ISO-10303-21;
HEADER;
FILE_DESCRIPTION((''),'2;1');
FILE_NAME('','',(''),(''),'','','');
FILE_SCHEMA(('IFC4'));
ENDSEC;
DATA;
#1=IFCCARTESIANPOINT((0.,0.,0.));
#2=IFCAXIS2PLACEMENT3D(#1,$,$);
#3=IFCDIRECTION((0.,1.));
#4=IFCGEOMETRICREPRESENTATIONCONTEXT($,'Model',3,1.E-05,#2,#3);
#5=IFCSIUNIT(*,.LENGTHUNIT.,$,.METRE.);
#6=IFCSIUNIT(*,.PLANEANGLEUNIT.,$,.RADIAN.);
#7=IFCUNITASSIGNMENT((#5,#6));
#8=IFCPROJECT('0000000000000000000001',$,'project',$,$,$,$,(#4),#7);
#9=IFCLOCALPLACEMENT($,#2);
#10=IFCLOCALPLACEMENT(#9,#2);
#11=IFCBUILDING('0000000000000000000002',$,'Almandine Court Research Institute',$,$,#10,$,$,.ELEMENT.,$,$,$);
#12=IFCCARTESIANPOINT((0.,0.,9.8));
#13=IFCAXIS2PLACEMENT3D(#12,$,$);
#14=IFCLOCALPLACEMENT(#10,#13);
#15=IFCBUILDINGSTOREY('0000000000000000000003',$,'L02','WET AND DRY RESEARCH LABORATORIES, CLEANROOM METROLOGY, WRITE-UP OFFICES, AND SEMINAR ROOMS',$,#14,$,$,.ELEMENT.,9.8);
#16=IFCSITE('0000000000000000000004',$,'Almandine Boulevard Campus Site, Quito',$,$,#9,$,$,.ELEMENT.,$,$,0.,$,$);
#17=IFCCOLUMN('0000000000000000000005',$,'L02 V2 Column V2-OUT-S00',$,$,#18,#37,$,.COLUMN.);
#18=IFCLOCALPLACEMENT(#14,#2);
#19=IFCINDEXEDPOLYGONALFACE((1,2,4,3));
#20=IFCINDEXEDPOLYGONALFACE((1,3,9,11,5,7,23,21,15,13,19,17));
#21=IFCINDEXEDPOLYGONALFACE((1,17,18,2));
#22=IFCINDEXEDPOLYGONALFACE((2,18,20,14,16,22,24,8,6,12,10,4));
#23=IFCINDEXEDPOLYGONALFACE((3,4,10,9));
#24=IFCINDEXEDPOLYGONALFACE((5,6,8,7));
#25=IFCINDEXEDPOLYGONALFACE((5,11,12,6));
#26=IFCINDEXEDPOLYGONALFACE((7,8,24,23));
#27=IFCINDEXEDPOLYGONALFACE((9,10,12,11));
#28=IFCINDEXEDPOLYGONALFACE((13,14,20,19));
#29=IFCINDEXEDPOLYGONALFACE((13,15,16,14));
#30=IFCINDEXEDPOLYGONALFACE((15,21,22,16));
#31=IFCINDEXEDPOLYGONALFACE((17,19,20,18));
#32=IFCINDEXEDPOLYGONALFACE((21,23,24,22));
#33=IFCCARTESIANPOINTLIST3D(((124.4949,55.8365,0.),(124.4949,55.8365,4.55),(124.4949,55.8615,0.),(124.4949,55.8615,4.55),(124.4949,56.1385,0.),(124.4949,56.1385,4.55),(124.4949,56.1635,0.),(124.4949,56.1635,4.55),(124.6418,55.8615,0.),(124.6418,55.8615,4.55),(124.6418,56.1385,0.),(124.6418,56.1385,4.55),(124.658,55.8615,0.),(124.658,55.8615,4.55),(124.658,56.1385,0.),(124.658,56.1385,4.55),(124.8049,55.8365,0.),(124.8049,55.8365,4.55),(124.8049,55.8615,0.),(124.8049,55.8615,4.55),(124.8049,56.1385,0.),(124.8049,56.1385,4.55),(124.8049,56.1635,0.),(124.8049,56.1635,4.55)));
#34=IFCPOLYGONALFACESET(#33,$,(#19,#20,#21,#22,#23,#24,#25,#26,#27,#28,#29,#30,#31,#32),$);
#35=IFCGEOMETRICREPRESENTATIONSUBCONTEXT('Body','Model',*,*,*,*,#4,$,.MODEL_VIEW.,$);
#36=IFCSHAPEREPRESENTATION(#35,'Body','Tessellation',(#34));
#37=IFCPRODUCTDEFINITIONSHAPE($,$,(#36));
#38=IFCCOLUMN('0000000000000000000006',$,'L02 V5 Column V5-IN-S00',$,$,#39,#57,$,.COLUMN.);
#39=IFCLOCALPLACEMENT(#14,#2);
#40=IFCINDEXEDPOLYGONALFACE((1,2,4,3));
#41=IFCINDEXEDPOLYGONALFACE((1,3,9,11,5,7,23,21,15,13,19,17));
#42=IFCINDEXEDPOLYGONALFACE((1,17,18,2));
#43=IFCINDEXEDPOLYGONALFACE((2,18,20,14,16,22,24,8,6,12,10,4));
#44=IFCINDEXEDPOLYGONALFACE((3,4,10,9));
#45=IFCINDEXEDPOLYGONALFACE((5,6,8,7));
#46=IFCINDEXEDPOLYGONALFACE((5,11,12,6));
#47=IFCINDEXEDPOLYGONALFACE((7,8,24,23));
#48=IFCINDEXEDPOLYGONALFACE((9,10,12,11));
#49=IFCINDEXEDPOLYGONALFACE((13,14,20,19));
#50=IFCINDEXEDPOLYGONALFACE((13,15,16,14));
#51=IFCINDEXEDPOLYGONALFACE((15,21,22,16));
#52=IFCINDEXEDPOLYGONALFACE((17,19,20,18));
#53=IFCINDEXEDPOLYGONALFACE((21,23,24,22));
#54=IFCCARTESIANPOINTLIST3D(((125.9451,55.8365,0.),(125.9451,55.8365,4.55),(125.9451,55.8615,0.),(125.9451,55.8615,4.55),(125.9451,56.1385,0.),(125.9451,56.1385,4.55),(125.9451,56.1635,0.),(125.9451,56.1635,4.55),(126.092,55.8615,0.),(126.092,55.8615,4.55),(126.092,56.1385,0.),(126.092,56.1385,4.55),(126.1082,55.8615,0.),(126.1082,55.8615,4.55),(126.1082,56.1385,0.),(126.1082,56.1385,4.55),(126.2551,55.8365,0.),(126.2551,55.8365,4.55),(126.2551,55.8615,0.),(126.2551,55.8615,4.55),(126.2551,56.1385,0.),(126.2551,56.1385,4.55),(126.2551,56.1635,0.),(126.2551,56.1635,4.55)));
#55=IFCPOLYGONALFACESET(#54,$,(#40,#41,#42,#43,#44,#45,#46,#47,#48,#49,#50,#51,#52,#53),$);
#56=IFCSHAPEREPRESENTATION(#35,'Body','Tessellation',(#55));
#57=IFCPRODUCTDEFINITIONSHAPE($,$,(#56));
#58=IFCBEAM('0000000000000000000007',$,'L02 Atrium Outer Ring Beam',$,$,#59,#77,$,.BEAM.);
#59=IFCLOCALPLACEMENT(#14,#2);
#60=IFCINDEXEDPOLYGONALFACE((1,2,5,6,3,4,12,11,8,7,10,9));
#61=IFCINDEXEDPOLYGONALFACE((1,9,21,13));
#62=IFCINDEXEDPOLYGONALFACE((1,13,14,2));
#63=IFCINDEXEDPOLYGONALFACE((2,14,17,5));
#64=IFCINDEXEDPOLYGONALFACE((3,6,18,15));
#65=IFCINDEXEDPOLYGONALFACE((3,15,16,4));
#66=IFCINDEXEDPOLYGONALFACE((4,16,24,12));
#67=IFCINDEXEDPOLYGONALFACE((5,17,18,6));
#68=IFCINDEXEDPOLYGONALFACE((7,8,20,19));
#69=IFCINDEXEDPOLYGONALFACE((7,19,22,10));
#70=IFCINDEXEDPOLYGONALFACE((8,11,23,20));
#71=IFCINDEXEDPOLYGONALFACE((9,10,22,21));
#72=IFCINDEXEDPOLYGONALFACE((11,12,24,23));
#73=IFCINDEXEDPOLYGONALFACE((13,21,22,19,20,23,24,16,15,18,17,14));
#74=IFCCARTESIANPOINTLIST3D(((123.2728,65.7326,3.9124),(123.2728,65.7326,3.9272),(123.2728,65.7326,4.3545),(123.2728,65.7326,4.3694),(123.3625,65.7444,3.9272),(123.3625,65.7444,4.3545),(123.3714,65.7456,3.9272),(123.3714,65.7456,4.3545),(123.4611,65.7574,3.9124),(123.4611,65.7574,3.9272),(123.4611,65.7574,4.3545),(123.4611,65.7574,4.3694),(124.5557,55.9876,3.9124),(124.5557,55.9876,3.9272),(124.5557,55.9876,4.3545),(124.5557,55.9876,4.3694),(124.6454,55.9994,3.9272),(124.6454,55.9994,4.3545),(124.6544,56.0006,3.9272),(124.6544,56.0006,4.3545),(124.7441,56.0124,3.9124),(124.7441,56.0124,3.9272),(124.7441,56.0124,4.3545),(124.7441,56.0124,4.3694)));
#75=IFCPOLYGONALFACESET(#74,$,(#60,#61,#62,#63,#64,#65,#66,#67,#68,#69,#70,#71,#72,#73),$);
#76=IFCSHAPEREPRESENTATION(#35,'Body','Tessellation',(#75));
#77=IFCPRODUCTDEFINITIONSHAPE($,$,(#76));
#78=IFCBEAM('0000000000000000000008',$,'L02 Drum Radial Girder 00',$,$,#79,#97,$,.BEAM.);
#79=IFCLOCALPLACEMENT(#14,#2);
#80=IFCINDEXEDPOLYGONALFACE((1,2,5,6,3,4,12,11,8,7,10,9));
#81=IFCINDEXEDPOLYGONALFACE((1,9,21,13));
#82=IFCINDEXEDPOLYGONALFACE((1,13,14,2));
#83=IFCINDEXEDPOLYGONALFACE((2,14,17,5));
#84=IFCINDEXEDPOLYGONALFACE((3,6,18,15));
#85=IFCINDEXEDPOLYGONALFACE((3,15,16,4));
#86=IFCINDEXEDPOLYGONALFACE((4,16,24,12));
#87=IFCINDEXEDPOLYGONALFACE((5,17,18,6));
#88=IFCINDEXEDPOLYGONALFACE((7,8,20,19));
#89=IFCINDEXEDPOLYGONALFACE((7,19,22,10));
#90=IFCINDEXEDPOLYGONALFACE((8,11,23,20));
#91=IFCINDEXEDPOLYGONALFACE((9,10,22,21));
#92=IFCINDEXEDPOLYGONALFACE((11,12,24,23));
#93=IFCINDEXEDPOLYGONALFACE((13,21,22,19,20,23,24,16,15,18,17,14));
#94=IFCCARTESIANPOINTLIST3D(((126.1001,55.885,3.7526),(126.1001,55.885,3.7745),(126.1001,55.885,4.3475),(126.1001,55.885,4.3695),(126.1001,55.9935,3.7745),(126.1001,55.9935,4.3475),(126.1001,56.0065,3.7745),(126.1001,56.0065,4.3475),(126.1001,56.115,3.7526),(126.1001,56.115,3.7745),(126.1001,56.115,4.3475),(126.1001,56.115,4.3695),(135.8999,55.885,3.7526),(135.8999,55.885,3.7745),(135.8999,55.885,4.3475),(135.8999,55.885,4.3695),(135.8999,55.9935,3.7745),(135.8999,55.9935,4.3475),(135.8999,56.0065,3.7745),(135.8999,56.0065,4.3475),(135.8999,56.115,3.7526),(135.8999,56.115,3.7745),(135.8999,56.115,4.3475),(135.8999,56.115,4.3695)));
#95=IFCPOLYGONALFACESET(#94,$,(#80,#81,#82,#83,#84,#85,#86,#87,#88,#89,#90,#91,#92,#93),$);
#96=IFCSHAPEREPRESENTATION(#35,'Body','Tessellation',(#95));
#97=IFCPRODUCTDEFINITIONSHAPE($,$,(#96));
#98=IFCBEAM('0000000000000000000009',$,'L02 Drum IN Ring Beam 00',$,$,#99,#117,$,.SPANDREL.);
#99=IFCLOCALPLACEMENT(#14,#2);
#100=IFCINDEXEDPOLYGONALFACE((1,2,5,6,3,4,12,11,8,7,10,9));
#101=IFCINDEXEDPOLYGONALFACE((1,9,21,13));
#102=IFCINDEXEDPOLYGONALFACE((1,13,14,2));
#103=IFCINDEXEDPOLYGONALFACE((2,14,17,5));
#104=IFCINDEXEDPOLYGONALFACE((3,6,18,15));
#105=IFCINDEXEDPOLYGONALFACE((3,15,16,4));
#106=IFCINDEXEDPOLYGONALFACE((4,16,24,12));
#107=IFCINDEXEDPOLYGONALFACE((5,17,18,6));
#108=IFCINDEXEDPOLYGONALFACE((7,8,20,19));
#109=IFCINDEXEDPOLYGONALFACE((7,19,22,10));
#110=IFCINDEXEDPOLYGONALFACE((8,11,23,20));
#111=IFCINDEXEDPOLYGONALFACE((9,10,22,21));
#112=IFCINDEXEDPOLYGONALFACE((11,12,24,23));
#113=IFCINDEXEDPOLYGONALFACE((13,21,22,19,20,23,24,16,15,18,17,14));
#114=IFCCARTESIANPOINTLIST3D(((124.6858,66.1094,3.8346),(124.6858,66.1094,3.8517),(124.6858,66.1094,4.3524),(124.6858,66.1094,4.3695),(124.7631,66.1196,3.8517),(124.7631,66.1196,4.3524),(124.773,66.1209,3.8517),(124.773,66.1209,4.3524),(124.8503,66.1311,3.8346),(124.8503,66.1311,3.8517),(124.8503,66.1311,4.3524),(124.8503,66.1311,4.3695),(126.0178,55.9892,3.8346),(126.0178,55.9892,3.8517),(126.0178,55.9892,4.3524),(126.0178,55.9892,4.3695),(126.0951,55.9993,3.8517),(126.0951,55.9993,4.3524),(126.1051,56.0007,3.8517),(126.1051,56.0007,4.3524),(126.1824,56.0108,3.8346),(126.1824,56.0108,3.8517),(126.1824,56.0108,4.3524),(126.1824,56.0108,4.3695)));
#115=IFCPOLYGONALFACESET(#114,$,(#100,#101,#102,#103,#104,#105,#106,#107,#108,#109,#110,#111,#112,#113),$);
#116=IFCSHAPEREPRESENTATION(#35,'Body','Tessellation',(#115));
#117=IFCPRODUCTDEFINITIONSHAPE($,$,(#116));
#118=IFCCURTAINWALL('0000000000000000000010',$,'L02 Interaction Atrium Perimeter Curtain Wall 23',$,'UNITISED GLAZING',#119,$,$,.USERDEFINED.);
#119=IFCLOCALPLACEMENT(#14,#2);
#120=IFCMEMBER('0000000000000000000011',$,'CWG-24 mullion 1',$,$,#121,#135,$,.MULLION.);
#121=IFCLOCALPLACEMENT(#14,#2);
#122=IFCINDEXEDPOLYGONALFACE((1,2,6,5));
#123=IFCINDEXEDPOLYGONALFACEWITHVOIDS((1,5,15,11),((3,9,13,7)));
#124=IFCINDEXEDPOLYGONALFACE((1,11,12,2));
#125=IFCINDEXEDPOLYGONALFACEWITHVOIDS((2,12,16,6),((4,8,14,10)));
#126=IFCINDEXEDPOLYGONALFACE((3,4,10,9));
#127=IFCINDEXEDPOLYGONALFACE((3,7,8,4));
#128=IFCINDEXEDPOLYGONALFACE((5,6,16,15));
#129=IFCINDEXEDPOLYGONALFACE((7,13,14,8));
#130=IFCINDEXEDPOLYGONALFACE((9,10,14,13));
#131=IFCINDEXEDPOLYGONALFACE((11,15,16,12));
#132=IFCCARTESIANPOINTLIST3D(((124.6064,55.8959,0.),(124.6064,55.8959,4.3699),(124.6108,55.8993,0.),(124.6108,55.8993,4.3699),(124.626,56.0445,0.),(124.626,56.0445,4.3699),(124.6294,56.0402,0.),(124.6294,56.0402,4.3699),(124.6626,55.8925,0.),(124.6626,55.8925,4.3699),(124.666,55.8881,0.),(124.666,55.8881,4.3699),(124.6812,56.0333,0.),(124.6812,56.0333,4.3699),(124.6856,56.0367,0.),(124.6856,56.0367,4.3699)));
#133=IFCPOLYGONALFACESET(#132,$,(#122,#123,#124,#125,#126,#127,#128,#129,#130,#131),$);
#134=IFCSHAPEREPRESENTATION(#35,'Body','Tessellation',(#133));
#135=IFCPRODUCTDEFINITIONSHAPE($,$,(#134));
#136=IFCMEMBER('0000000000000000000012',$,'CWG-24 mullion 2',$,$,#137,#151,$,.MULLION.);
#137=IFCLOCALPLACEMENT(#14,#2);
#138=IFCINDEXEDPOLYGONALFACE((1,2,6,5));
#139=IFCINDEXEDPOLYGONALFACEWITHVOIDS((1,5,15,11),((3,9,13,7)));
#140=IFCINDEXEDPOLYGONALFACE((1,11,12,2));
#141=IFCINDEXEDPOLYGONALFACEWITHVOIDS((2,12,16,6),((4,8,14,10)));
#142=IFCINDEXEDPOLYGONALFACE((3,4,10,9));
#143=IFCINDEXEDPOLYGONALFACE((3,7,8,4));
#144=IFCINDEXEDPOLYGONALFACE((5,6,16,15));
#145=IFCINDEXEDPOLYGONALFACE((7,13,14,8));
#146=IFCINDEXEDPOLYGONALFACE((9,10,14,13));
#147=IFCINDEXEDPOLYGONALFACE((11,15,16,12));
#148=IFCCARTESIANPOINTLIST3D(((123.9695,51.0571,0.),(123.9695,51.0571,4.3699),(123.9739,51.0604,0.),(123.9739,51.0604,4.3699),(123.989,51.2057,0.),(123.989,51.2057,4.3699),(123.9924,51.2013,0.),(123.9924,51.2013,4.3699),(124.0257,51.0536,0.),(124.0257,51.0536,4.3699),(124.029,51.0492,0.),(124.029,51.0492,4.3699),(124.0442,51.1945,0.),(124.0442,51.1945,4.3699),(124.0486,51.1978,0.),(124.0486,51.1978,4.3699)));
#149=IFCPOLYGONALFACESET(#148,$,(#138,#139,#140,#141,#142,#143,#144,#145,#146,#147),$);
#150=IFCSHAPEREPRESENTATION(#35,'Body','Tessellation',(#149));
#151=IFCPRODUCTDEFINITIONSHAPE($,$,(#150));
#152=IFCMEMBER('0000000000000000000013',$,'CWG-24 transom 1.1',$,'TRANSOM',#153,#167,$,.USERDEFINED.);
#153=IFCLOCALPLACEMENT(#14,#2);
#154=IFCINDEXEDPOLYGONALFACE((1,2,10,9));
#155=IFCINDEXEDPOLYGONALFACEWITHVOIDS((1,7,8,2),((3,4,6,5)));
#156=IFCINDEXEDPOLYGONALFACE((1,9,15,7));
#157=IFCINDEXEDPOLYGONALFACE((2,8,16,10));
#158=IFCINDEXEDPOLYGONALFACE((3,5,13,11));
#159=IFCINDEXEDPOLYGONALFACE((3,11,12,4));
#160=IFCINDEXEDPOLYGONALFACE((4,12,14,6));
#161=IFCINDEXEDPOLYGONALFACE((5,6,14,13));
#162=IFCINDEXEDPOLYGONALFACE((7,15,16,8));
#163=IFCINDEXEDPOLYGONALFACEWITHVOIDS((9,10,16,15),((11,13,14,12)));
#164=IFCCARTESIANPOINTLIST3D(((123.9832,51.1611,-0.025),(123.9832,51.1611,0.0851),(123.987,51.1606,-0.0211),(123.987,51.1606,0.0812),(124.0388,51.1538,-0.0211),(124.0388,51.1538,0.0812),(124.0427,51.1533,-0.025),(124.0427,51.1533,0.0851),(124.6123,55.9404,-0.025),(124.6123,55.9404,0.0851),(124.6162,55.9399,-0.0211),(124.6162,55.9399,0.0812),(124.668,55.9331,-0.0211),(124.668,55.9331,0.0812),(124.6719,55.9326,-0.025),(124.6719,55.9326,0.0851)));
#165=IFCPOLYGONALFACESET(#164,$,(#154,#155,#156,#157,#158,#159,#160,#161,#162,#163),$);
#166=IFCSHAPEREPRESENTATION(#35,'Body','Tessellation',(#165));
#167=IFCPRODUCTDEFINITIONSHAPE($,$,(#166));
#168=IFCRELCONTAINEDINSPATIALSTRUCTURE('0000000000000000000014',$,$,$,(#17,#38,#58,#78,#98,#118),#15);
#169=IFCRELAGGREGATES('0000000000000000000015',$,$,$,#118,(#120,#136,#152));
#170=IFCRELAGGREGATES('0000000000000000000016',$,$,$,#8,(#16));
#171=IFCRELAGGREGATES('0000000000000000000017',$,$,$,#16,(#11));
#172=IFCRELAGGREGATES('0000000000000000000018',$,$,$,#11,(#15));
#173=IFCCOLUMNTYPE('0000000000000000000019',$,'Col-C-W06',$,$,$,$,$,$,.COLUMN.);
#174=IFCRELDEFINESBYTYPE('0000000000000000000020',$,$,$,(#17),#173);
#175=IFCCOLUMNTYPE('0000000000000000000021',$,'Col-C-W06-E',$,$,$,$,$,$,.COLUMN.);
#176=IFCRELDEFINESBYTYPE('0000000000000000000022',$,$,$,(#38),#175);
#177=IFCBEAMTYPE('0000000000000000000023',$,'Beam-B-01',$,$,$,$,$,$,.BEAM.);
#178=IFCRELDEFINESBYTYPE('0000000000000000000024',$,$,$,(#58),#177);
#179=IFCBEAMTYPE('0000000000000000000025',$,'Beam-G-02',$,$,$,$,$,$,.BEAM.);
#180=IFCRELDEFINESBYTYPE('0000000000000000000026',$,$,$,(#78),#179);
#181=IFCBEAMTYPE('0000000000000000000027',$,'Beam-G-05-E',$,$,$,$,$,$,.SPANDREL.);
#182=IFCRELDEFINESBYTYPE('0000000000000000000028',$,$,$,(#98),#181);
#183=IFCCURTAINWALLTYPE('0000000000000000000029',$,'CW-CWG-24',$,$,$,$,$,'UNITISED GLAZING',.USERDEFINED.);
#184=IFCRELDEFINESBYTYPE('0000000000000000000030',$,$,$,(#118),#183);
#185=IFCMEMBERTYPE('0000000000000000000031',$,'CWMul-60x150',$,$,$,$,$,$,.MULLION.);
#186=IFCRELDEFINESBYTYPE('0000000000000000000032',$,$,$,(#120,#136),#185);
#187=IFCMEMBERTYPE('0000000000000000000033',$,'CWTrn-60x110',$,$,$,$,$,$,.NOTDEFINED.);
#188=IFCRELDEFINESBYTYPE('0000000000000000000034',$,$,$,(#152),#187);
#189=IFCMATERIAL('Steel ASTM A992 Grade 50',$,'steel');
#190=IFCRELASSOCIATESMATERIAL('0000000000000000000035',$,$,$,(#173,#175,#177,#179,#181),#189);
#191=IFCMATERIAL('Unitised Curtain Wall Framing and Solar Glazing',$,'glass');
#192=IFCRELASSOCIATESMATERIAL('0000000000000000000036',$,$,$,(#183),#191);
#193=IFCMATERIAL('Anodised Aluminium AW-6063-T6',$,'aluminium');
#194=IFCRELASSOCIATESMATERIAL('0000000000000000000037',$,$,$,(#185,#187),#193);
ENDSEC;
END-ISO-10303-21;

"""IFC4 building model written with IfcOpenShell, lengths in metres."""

from ifc_helpers import new_model, si_unit, direction, frame, origin, origin_2d, place, context, subcontext, project, spatial, hollow_rectangle, i_section, extrude, material, material_profile, profile_set, type_object, element, aggregate, save


model = new_model("IFC4")

# Units and contexts
model_context = context("Model", 3, precision=1e-05, world=origin(), true_north=direction((0.0, 1.0)))
body_context = subcontext(model_context, "Body", "Model", "MODEL_VIEW")
ifc_project = project(units=[si_unit("LENGTHUNIT", "METRE"), si_unit("PLANEANGLEUNIT", "RADIAN")], contexts=[model_context])

# Site, building, storey
site_placement = place(None, origin())
site = spatial("IfcSite", under=ifc_project, at=site_placement, Name="Almandine Boulevard Campus Site, Quito", CompositionType="ELEMENT", RefElevation=0.0)
building_placement = place(site_placement, origin())
building = spatial("IfcBuilding", under=site, at=building_placement, Name="Almandine Court Research Institute", CompositionType="ELEMENT")
storey_placement = place(building_placement, frame((0.0, 0.0, 9.8)))
storey = spatial("IfcBuildingStorey", under=building, at=storey_placement, Name="L02", Description="WET AND DRY RESEARCH LABORATORIES, CLEANROOM METROLOGY, WRITE-UP OFFICES, AND SEMINAR ROOMS", CompositionType="ELEMENT", Elevation=9.8)

# Columns
ifc_material_1 = material(Name="Steel ASTM A992 Grade 50", Category="steel")
ifc_material_profile_1 = material_profile(ifc_material_1, i_section(OverallWidth=0.3101, OverallDepth=0.3269, WebThickness=0.0161, FlangeThickness=0.0249, at=origin_2d()), Name="W310x158")
ifc_profile_set_1 = profile_set([ifc_material_profile_1], Name="Steel ASTM A992 Grade 50")
column_type_1 = type_object("IfcColumnType", Name="Col-C-W06", PredefinedType="COLUMN", material=ifc_profile_set_1)
column_1_placement = place(storey_placement, frame((124.6499, 56.0, 0.0), z_axis=(0.0, 0.0, 1.0), x_axis=(1.0, 0.0, 0.0)))
element("IfcColumn", 1, at=column_1_placement, inside=storey, type_object=column_type_1, Name="L02 V2 Column V2-OUT-S00", PredefinedType="COLUMN", context=body_context, shape_type="SweptSolid", body=[
    extrude(i_section(OverallWidth=0.3101, OverallDepth=0.3269, WebThickness=0.0161, FlangeThickness=0.0249, at=origin_2d()), origin(), (0.0, 0.0, 1.0), 4.55),
])
ifc_material_profile_2 = material_profile(ifc_material_1, i_section(OverallWidth=0.3101, OverallDepth=0.3269, WebThickness=0.0161, FlangeThickness=0.0249, at=origin_2d()), Name="W310x158")
ifc_profile_set_2 = profile_set([ifc_material_profile_2], Name="Steel ASTM A992 Grade 50")
column_type_2 = type_object("IfcColumnType", Name="Col-C-W06-E", PredefinedType="COLUMN", material=ifc_profile_set_2)
column_2_placement = place(storey_placement, frame((126.1001, 56.0, 0.0), z_axis=(0.0, 0.0, 1.0), x_axis=(1.0, 0.0, 0.0)))
element("IfcColumn", 2, at=column_2_placement, inside=storey, type_object=column_type_2, Name="L02 V5 Column V5-IN-S00", PredefinedType="COLUMN", context=body_context, shape_type="SweptSolid", body=[
    extrude(i_section(OverallWidth=0.3101, OverallDepth=0.3269, WebThickness=0.0161, FlangeThickness=0.0249, at=origin_2d()), origin(), (0.0, 0.0, 1.0), 4.55),
])

# Beams
ifc_material_profile_3 = material_profile(ifc_material_1, i_section(OverallWidth=0.1899, OverallDepth=0.457, WebThickness=0.009, FlangeThickness=0.0149, at=origin_2d()), Name="W460x74")
ifc_profile_set_3 = profile_set([ifc_material_profile_3], Name="Steel ASTM A992 Grade 50")
beam_type_1 = type_object("IfcBeamType", Name="Beam-B-01", PredefinedType="BEAM", material=ifc_profile_set_3)
beam_1_placement = place(storey_placement, frame((124.6499, 56.0, 4.1409), z_axis=(-0.130525, 0.991445, 0.0), x_axis=(-0.991445, -0.130525, 0.0)))
element("IfcBeam", 3, at=beam_1_placement, inside=storey, type_object=beam_type_1, Name="L02 Atrium Outer Ring Beam", PredefinedType="BEAM", context=body_context, shape_type="SweptSolid", body=[
    extrude(i_section(OverallWidth=0.1899, OverallDepth=0.457, WebThickness=0.009, FlangeThickness=0.0149, at=origin_2d()), origin(), (0.0, 0.0, 1.0), 9.8291),
])
ifc_material_profile_4 = material_profile(ifc_material_1, i_section(OverallWidth=0.23, OverallDepth=0.6169, WebThickness=0.0129, FlangeThickness=0.022, at=origin_2d()), Name="W610x140")
ifc_profile_set_4 = profile_set([ifc_material_profile_4], Name="Steel ASTM A992 Grade 50")
beam_type_2 = type_object("IfcBeamType", Name="Beam-G-02", PredefinedType="BEAM", material=ifc_profile_set_4)
beam_2_placement = place(storey_placement, frame((126.1001, 56.0, 4.061), z_axis=(1.0, 0.0, 0.0), x_axis=(0.0, 1.0, 0.0)))
element("IfcBeam", 4, at=beam_2_placement, inside=storey, type_object=beam_type_2, Name="L02 Drum Radial Girder 00", PredefinedType="BEAM", context=body_context, shape_type="SweptSolid", body=[
    extrude(i_section(OverallWidth=0.23, OverallDepth=0.6169, WebThickness=0.0129, FlangeThickness=0.022, at=origin_2d()), origin(), (0.0, 0.0, 1.0), 9.7998),
])
ifc_material_profile_5 = material_profile(ifc_material_1, i_section(OverallWidth=0.166, OverallDepth=0.5349, WebThickness=0.01, FlangeThickness=0.0171, at=origin_2d()), Name="W530x85")
ifc_profile_set_5 = profile_set([ifc_material_profile_5], Name="Steel ASTM A992 Grade 50")
beam_type_3 = type_object("IfcBeamType", Name="Beam-G-05-E", PredefinedType="SPANDREL", material=ifc_profile_set_5)
beam_3_placement = place(storey_placement, frame((126.1001, 56.0, 4.1021), z_axis=(-0.130497, 0.991449, 0.0), x_axis=(-0.991449, -0.130497, 0.0)))
element("IfcBeam", 5, at=beam_3_placement, inside=storey, type_object=beam_type_3, Name="L02 Drum IN Ring Beam 00", PredefinedType="SPANDREL", context=body_context, shape_type="SweptSolid", body=[
    extrude(i_section(OverallWidth=0.166, OverallDepth=0.5349, WebThickness=0.01, FlangeThickness=0.0171, at=origin_2d()), origin(), (0.0, 0.0, 1.0), 10.2075),
])

# Curtain wall, members
ifc_material_2 = material(Name="Unitised Curtain Wall Framing and Solar Glazing", Category="glass")
curtain_wall_type = type_object("IfcCurtainWallType", Name="CW-CWG-24", ElementType="UNITISED GLAZING", PredefinedType="USERDEFINED", material=ifc_material_2)
curtain_wall_placement = place(storey_placement, origin())
curtain_wall = element("IfcCurtainWall", 6, at=curtain_wall_placement, inside=storey, type_object=curtain_wall_type, Name="L02 Interaction Atrium Perimeter Curtain Wall 23", ObjectType="UNITISED GLAZING", PredefinedType="USERDEFINED")
ifc_material_3 = material(Name="Anodised Aluminium AW-6063-T6", Category="aluminium")
ifc_material_profile_6 = material_profile(ifc_material_3, hollow_rectangle(XDim=0.0601, YDim=0.1499, WallThickness=0.0039, at=origin_2d()), Name="ALU RHS 60x150x4")
ifc_profile_set_6 = profile_set([ifc_material_profile_6], Name="Anodised Aluminium AW-6063-T6")
member_type_1 = type_object("IfcMemberType", Name="CWMul-60x150", PredefinedType="MULLION", material=ifc_profile_set_6)
member_1_placement = place(storey_placement, frame((124.646, 55.9663, 0.0), z_axis=(0.0, 0.0, 1.0), x_axis=(0.991444, -0.130536, 0.0)))
member_1 = element("IfcMember", 7, at=member_1_placement, type_object=member_type_1, Name="CWG-24 mullion 1", PredefinedType="MULLION", context=body_context, shape_type="SweptSolid", body=[
    extrude(hollow_rectangle(XDim=0.0601, YDim=0.1499, WallThickness=0.0039, at=origin_2d()), origin(), (0.0, 0.0, 1.0), 4.3699),
])
member_2_placement = place(storey_placement, frame((124.009, 51.1274, 0.0), z_axis=(0.0, 0.0, 1.0), x_axis=(0.991444, -0.130536, 0.0)))
member_2 = element("IfcMember", 8, at=member_2_placement, type_object=member_type_1, Name="CWG-24 mullion 2", PredefinedType="MULLION", context=body_context, shape_type="SweptSolid", body=[
    extrude(hollow_rectangle(XDim=0.0601, YDim=0.1499, WallThickness=0.0039, at=origin_2d()), origin(), (0.0, 0.0, 1.0), 4.3699),
])
ifc_material_profile_7 = material_profile(ifc_material_3, hollow_rectangle(XDim=0.0601, YDim=0.1101, WallThickness=0.0039, at=origin_2d()), Name="ALU RHS 60x110x4")
ifc_profile_set_7 = profile_set([ifc_material_profile_7], Name="Anodised Aluminium AW-6063-T6")
member_type_2 = type_object("IfcMemberType", Name="CWTrn-60x110", PredefinedType="NOTDEFINED", material=ifc_profile_set_7)
member_3_placement = place(storey_placement, frame((124.6421, 55.9365, 0.03), z_axis=(-0.130515, -0.991446, 0.0), x_axis=(0.991446, -0.130515, 0.0)))
member_3 = element("IfcMember", 9, at=member_3_placement, type_object=member_type_2, Name="CWG-24 transom 1.1", ObjectType="TRANSOM", PredefinedType="USERDEFINED", context=body_context, shape_type="SweptSolid", body=[
    extrude(hollow_rectangle(XDim=0.0601, YDim=0.1101, WallThickness=0.0039, at=origin_2d()), origin(), (0.0, 0.0, 1.0), 4.8206),
])
aggregate(curtain_wall, [member_1, member_2, member_3])

save(model, "model.ifc")
